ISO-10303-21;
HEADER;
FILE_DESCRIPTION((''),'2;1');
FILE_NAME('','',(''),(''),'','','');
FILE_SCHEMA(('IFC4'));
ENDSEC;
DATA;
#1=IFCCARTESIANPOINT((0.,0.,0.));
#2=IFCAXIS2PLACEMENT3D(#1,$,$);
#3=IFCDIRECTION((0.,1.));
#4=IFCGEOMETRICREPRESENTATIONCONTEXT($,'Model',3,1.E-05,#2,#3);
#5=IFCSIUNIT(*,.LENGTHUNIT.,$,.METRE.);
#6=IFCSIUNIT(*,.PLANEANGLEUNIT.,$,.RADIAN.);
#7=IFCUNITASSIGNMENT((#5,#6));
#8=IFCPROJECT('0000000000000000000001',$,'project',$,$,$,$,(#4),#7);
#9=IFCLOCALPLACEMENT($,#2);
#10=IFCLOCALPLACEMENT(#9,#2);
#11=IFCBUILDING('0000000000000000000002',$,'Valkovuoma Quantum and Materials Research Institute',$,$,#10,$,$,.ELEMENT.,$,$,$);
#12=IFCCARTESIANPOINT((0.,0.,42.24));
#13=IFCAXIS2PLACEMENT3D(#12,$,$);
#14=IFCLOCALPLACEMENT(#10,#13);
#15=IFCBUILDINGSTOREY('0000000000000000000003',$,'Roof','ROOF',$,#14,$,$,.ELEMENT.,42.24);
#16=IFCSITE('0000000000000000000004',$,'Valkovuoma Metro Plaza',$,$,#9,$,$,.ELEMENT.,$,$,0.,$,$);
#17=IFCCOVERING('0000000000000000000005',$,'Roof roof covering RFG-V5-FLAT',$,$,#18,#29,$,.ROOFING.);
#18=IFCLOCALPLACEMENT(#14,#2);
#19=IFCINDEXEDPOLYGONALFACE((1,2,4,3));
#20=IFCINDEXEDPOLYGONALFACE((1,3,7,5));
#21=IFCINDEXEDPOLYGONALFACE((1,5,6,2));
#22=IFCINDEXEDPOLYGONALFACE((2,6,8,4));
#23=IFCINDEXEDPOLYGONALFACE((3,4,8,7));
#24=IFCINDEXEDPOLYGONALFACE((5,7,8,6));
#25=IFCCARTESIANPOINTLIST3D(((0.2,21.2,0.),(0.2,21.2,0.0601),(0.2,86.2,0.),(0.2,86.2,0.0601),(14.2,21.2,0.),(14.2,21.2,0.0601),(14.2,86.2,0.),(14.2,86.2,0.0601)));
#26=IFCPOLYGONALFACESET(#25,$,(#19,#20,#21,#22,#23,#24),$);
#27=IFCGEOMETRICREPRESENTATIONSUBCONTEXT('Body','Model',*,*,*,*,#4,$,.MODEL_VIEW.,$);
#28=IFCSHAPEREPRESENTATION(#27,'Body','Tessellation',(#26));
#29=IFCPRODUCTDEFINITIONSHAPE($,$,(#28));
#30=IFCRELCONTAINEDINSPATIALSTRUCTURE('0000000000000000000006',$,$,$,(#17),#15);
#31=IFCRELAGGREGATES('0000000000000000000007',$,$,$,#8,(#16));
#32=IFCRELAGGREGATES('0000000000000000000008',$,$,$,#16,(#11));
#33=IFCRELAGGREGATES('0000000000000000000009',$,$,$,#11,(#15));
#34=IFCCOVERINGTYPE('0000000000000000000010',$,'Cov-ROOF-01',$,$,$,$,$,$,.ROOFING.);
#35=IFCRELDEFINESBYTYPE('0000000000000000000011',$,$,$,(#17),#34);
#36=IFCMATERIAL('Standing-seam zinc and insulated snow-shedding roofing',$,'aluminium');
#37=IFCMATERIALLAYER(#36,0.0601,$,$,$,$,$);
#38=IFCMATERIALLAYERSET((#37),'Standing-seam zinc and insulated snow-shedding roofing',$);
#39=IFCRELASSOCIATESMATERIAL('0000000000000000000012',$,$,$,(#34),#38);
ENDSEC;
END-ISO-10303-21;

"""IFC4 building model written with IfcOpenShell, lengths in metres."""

from ifc_helpers import new_model, si_unit, direction, frame, origin, place, context, subcontext, project, spatial, polyline, outline, extrude, material, layer, layer_set, type_object, element, save


model = new_model("IFC4")

# Units and contexts
model_context = context("Model", 3, precision=1e-05, world=origin(), true_north=direction((0.0, 1.0)))
body_context = subcontext(model_context, "Body", "Model", "MODEL_VIEW")
ifc_project = project(units=[si_unit("LENGTHUNIT", "METRE"), si_unit("PLANEANGLEUNIT", "RADIAN")], contexts=[model_context])

# Site, building, storey
site_placement = place(None, origin())
site = spatial("IfcSite", under=ifc_project, at=site_placement, Name="Valkovuoma Metro Plaza", CompositionType="ELEMENT", RefElevation=0.0)
building_placement = place(site_placement, origin())
building = spatial("IfcBuilding", under=site, at=building_placement, Name="Valkovuoma Quantum and Materials Research Institute", CompositionType="ELEMENT")
storey_placement = place(building_placement, frame((0.0, 0.0, 42.24)))
storey = spatial("IfcBuildingStorey", under=building, at=storey_placement, Name="Roof", Description="ROOF", CompositionType="ELEMENT", Elevation=42.24)

# Covering
ifc_material_1 = material(Name="Standing-seam zinc and insulated snow-shedding roofing", Category="aluminium")
ifc_layer_1 = layer(ifc_material_1, 0.0601)
ifc_layer_set_1 = layer_set([ifc_layer_1], Name="Standing-seam zinc and insulated snow-shedding roofing")
covering_type = type_object("IfcCoveringType", Name="Cov-ROOF-01", PredefinedType="ROOFING", material=ifc_layer_set_1)
covering_placement = place(storey_placement, origin())
element("IfcCovering", 1, at=covering_placement, inside=storey, type_object=covering_type, Name="Roof roof covering RFG-V5-FLAT", PredefinedType="ROOFING", context=body_context, shape_type="SweptSolid", body=[
    extrude(outline(polyline([(0.2, 21.2), (14.2, 21.2), (14.2, 86.2), (0.2, 86.2), (0.2, 21.2)])), origin(), (0.0, 0.0, 1.0), 0.0601),
])

save(model, "model.ifc")
